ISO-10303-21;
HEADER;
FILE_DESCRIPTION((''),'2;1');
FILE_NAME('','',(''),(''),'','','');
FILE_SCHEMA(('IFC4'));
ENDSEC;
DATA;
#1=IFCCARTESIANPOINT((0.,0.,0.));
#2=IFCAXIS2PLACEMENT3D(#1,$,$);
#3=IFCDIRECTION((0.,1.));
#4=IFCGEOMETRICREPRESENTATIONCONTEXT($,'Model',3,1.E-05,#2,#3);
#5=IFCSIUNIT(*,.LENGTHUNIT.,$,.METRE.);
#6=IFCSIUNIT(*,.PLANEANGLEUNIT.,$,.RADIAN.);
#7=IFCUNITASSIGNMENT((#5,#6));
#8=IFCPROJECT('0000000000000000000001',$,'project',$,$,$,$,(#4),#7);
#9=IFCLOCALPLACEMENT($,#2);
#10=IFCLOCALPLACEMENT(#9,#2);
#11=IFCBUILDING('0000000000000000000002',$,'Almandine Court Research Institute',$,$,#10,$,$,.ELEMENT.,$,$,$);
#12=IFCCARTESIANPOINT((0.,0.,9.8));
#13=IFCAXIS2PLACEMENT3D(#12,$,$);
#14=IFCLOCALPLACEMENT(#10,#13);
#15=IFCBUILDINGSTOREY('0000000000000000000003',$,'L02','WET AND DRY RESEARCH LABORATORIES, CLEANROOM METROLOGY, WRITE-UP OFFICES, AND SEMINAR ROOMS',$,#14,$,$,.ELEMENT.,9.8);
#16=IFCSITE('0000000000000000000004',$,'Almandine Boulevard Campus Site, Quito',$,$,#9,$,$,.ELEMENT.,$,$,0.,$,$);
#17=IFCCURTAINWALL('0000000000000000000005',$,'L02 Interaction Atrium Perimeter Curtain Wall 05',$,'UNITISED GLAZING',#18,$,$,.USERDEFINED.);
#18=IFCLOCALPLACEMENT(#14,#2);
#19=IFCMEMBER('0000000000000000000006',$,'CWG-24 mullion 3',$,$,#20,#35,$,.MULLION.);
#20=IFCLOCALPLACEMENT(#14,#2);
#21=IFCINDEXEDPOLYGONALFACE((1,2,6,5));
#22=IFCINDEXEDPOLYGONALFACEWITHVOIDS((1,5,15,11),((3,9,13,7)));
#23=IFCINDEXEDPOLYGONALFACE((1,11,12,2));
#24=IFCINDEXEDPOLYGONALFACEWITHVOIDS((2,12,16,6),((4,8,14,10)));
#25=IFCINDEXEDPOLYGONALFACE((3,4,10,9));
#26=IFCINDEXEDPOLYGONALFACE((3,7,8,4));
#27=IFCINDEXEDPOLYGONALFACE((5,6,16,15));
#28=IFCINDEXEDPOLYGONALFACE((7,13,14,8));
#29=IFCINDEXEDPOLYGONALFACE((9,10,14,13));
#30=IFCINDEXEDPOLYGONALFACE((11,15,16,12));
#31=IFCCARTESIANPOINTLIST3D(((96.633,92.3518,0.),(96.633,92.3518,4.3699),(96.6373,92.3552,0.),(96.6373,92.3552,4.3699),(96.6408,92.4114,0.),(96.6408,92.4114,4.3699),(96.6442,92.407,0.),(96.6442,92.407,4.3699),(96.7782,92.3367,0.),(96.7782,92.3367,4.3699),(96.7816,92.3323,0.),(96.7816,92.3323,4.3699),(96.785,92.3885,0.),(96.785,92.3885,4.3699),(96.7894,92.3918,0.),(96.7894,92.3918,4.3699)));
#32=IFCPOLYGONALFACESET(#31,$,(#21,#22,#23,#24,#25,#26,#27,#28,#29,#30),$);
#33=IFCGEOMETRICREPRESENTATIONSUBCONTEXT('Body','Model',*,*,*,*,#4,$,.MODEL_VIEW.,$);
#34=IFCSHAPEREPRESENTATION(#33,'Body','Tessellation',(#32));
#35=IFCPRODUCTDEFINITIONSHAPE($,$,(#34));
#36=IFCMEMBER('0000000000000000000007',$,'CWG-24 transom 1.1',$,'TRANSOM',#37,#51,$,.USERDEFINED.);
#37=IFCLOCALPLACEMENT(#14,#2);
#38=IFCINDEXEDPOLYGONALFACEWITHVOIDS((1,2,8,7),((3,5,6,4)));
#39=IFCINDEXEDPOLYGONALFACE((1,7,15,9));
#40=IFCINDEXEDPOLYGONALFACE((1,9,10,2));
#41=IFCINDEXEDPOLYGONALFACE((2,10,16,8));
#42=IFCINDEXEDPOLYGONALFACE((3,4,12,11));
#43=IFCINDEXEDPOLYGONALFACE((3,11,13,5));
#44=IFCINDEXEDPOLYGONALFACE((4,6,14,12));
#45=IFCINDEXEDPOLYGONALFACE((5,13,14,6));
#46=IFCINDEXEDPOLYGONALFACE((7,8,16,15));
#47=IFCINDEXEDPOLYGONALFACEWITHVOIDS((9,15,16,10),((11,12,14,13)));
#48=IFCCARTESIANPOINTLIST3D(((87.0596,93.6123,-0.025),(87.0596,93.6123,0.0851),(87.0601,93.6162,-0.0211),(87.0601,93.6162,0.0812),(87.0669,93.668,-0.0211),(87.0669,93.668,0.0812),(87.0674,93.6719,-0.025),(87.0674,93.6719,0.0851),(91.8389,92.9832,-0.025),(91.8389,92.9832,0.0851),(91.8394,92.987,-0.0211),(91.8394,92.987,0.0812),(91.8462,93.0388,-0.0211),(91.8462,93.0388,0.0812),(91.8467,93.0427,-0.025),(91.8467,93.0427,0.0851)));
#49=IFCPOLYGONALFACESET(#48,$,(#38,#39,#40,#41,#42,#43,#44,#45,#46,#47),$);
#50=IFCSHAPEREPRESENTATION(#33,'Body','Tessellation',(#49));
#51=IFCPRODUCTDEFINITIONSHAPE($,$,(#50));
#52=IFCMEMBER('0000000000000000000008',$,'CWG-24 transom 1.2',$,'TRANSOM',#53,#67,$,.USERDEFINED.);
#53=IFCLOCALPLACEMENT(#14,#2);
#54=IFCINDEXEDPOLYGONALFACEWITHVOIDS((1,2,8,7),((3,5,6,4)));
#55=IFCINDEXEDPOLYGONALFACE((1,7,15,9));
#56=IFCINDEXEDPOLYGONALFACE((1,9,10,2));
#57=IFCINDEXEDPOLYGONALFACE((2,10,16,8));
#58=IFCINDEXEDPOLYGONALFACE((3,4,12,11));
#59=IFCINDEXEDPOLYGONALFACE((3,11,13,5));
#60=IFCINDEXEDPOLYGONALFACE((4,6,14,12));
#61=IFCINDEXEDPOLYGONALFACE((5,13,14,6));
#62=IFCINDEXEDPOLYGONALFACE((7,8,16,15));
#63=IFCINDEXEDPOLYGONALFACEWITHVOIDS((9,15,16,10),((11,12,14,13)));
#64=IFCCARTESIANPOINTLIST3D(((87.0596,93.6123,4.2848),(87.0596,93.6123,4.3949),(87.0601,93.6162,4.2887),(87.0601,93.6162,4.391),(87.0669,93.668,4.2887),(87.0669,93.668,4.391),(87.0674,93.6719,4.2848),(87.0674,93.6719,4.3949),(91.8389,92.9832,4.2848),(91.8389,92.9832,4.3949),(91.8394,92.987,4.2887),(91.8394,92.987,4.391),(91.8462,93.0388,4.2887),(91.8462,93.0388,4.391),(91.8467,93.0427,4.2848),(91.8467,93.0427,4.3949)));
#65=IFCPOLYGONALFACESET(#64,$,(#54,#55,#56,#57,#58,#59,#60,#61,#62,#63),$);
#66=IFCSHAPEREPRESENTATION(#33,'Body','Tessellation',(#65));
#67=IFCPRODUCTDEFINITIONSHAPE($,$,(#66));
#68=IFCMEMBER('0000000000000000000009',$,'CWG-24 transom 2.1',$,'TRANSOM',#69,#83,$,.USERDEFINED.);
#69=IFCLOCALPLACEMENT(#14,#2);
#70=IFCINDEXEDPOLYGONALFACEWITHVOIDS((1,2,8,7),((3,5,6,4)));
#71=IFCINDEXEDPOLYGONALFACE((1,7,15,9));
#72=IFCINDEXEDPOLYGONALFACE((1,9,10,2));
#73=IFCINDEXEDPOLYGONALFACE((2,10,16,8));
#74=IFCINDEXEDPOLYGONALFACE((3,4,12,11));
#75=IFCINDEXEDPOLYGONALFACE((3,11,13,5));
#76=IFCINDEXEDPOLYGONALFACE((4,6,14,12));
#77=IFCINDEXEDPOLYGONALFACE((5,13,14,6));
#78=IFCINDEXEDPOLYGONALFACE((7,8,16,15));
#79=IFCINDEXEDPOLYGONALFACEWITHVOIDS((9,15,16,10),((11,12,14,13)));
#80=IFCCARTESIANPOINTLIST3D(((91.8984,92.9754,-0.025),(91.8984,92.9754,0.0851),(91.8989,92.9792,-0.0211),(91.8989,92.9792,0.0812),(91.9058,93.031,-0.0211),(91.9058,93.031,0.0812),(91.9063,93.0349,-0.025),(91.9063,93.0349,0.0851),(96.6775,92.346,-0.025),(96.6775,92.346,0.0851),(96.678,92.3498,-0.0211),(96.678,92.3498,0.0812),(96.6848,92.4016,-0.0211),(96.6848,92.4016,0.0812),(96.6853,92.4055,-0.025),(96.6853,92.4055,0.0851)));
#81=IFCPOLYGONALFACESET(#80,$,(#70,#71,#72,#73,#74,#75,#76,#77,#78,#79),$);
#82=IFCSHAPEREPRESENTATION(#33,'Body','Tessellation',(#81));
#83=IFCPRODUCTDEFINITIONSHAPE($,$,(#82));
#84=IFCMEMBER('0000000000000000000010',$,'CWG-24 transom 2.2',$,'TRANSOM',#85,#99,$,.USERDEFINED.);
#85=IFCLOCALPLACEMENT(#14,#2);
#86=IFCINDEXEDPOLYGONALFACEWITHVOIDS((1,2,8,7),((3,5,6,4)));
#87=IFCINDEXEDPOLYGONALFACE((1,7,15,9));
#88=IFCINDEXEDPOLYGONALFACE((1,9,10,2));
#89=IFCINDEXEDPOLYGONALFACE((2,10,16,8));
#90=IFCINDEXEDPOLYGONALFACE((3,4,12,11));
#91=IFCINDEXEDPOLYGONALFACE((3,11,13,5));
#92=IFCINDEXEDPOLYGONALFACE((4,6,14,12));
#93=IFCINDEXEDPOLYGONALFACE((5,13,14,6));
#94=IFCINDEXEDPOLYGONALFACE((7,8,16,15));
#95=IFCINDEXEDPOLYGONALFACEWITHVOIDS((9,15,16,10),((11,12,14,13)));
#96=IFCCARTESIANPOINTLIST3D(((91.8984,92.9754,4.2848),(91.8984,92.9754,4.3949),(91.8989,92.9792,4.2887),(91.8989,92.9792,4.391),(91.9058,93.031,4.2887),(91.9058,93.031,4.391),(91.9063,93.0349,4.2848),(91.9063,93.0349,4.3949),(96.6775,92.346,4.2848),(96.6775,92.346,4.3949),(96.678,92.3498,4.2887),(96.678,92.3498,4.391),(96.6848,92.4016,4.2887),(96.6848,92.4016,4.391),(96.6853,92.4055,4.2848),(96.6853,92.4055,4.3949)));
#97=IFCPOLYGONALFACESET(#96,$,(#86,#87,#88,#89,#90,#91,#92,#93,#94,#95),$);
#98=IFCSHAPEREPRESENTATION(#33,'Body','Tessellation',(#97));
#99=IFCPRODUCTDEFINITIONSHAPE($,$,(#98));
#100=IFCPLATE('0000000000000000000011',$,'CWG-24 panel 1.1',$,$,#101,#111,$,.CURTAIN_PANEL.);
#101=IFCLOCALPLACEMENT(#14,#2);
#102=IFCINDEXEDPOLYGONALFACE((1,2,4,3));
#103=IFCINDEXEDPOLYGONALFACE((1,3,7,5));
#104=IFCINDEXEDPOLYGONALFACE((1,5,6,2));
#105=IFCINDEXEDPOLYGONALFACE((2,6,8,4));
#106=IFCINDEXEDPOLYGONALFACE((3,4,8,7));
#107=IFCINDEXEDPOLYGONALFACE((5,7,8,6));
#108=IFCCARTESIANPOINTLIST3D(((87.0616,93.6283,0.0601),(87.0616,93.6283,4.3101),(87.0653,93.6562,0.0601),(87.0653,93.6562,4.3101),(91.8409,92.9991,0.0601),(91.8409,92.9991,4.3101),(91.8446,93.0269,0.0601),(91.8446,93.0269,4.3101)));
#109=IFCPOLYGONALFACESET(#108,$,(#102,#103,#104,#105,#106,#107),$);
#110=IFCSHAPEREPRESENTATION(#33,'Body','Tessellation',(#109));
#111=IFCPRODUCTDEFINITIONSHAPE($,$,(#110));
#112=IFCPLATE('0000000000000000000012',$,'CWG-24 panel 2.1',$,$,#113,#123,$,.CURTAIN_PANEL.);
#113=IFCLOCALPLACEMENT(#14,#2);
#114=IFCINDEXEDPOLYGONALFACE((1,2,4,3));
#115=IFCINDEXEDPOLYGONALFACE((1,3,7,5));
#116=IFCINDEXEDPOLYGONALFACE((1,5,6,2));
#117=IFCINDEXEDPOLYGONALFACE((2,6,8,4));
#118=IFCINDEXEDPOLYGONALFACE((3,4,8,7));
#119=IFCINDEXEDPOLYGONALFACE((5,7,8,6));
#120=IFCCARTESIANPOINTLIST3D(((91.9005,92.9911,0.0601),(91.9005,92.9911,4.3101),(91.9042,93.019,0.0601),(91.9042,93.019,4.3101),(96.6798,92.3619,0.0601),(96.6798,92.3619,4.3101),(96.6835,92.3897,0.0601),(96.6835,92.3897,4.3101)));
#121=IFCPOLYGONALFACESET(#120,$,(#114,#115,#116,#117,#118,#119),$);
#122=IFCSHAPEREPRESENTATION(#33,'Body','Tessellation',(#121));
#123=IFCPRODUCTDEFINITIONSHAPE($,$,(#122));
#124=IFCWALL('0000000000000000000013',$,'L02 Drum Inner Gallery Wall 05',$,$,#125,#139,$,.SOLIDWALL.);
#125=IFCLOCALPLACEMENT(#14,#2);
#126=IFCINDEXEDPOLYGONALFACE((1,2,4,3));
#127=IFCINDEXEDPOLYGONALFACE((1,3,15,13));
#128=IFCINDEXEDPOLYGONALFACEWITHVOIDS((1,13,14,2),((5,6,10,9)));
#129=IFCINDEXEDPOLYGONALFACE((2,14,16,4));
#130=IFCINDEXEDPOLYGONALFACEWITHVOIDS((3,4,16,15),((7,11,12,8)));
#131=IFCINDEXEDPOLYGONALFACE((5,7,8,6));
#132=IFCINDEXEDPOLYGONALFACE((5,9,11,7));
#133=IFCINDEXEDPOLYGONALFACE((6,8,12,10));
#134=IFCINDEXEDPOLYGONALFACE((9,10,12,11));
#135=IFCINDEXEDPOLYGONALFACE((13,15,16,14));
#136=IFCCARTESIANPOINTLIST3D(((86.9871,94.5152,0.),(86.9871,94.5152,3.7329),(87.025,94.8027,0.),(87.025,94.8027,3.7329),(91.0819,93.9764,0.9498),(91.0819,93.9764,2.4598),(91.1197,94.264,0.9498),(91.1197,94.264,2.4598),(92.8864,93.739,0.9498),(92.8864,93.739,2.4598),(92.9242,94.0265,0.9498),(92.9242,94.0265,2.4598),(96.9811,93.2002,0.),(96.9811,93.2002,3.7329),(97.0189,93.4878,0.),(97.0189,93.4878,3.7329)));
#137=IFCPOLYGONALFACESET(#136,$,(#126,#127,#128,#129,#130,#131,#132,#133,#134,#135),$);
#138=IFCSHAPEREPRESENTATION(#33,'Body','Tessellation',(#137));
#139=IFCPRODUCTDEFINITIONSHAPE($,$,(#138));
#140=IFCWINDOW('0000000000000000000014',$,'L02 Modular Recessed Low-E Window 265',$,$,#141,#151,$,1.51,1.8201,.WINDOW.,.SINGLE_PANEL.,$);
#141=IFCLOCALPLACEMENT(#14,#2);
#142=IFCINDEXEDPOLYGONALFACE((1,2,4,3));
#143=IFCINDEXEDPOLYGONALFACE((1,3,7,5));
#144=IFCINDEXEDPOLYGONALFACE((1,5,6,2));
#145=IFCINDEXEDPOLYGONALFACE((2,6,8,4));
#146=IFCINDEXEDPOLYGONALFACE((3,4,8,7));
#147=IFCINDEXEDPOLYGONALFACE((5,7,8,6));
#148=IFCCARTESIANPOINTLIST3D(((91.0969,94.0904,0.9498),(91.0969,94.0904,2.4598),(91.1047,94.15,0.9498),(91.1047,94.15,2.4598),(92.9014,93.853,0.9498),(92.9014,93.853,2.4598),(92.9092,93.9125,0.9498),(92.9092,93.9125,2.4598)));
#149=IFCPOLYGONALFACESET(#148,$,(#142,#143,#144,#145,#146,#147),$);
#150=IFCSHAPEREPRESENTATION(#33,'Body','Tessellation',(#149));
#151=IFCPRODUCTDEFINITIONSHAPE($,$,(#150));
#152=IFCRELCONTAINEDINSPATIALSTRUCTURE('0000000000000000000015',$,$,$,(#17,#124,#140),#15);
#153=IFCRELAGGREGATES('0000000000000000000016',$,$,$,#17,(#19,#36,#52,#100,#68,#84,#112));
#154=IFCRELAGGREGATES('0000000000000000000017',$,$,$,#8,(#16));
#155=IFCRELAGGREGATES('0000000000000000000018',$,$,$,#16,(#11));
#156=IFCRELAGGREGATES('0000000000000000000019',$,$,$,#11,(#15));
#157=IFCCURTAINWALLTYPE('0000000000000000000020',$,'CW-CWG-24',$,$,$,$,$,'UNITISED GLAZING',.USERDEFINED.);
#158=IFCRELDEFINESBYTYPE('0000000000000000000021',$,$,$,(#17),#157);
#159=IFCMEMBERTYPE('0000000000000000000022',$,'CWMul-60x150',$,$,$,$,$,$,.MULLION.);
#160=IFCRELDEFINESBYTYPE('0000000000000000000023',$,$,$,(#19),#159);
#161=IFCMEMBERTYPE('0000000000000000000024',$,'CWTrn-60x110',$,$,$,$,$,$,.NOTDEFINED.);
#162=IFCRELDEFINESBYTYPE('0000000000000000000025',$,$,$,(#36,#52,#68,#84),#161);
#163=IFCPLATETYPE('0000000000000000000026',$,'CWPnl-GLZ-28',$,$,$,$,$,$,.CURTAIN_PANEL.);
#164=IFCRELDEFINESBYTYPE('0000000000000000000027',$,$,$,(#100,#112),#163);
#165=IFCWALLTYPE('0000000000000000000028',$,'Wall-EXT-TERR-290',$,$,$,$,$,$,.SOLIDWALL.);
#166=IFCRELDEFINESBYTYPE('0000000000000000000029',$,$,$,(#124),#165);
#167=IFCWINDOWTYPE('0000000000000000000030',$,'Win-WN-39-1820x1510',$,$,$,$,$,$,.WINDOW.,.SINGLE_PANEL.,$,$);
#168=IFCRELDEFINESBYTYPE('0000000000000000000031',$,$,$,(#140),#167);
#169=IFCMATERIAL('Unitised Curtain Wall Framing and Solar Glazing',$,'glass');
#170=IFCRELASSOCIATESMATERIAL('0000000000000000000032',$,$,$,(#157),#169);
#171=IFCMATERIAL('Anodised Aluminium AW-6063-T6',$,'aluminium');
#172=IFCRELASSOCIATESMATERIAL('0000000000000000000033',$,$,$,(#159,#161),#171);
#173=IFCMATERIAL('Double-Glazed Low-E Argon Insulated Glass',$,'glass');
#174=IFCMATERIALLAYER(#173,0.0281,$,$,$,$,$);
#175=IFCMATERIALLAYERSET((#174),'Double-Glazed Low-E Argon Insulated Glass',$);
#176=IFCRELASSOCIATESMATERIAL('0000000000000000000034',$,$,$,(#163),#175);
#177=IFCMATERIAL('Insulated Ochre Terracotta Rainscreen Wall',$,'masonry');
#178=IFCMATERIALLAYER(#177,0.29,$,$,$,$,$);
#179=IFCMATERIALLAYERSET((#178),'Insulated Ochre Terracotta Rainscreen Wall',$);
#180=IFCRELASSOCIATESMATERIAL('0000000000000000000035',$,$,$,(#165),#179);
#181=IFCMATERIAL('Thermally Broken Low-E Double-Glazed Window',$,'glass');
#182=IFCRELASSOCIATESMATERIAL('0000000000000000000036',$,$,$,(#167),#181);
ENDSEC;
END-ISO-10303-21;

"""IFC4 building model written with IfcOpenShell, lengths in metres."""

from ifc_helpers import new_model, si_unit, direction, frame, frame_2d, origin, origin_2d, place, context, subcontext, project, spatial, rectangle, hollow_rectangle, extrude, material, layer, layer_set, material_profile, profile_set, type_object, element, fill, aggregate, save


model = new_model("IFC4")

# Units and contexts
model_context = context("Model", 3, precision=1e-05, world=origin(), true_north=direction((0.0, 1.0)))
body_context = subcontext(model_context, "Body", "Model", "MODEL_VIEW")
ifc_project = project(units=[si_unit("LENGTHUNIT", "METRE"), si_unit("PLANEANGLEUNIT", "RADIAN")], contexts=[model_context])

# Site, building, storey
site_placement = place(None, origin())
site = spatial("IfcSite", under=ifc_project, at=site_placement, Name="Almandine Boulevard Campus Site, Quito", CompositionType="ELEMENT", RefElevation=0.0)
building_placement = place(site_placement, origin())
building = spatial("IfcBuilding", under=site, at=building_placement, Name="Almandine Court Research Institute", CompositionType="ELEMENT")
storey_placement = place(building_placement, frame((0.0, 0.0, 9.8)))
storey = spatial("IfcBuildingStorey", under=building, at=storey_placement, Name="L02", Description="WET AND DRY RESEARCH LABORATORIES, CLEANROOM METROLOGY, WRITE-UP OFFICES, AND SEMINAR ROOMS", CompositionType="ELEMENT", Elevation=9.8)

# Curtain wall, members, plates
ifc_material_1 = material(Name="Unitised Curtain Wall Framing and Solar Glazing", Category="glass")
curtain_wall_type = type_object("IfcCurtainWallType", Name="CW-CWG-24", ElementType="UNITISED GLAZING", PredefinedType="USERDEFINED", material=ifc_material_1)
curtain_wall_placement = place(storey_placement, origin())
curtain_wall = element("IfcCurtainWall", 1, at=curtain_wall_placement, inside=storey, type_object=curtain_wall_type, Name="L02 Interaction Atrium Perimeter Curtain Wall 05", ObjectType="UNITISED GLAZING", PredefinedType="USERDEFINED")
ifc_material_2 = material(Name="Anodised Aluminium AW-6063-T6", Category="aluminium")
ifc_material_profile_1 = material_profile(ifc_material_2, hollow_rectangle(XDim=0.0601, YDim=0.1499, WallThickness=0.0039, at=origin_2d()), Name="ALU RHS 60x150x4")
ifc_profile_set_1 = profile_set([ifc_material_profile_1], Name="Anodised Aluminium AW-6063-T6")
member_type_1 = type_object("IfcMemberType", Name="CWMul-60x150", PredefinedType="MULLION", material=ifc_profile_set_1)
member_1_placement = place(storey_placement, frame((96.7112, 92.3718, 0.0), z_axis=(0.0, 0.0, 1.0), x_axis=(0.130536, 0.991444, 0.0)))
member_1 = element("IfcMember", 2, at=member_1_placement, type_object=member_type_1, Name="CWG-24 mullion 3", PredefinedType="MULLION", context=body_context, shape_type="SweptSolid", body=[
    extrude(hollow_rectangle(XDim=0.0601, YDim=0.1499, WallThickness=0.0039, at=origin_2d()), origin(), (0.0, 0.0, 1.0), 4.3699),
])
ifc_material_profile_2 = material_profile(ifc_material_2, hollow_rectangle(XDim=0.0601, YDim=0.1101, WallThickness=0.0039, at=origin_2d()), Name="ALU RHS 60x110x4")
ifc_profile_set_2 = profile_set([ifc_material_profile_2], Name="Anodised Aluminium AW-6063-T6")
member_type_2 = type_object("IfcMemberType", Name="CWTrn-60x110", PredefinedType="NOTDEFINED", material=ifc_profile_set_2)
member_2_placement = place(storey_placement, frame((87.0635, 93.6421, 0.03), z_axis=(0.991446, -0.130515, 0.0), x_axis=(0.130515, 0.991446, 0.0)))
member_2 = element("IfcMember", 3, at=member_2_placement, type_object=member_type_2, Name="CWG-24 transom 1.1", ObjectType="TRANSOM", PredefinedType="USERDEFINED", context=body_context, shape_type="SweptSolid", body=[
    extrude(hollow_rectangle(XDim=0.0601, YDim=0.1101, WallThickness=0.0039, at=origin_2d()), origin(), (0.0, 0.0, 1.0), 4.8206),
])
member_3_placement = place(storey_placement, frame((87.0635, 93.6421, 4.3398), z_axis=(0.991446, -0.130515, 0.0), x_axis=(0.130515, 0.991446, 0.0)))
member_3 = element("IfcMember", 4, at=member_3_placement, type_object=member_type_2, Name="CWG-24 transom 1.2", ObjectType="TRANSOM", PredefinedType="USERDEFINED", context=body_context, shape_type="SweptSolid", body=[
    extrude(hollow_rectangle(XDim=0.0601, YDim=0.1101, WallThickness=0.0039, at=origin_2d()), origin(), (0.0, 0.0, 1.0), 4.8206),
])
member_4_placement = place(storey_placement, frame((91.9023, 93.0051, 0.03), z_axis=(0.991439, -0.130571, 0.0), x_axis=(0.130571, 0.991439, 0.0)))
member_4 = element("IfcMember", 5, at=member_4_placement, type_object=member_type_2, Name="CWG-24 transom 2.1", ObjectType="TRANSOM", PredefinedType="USERDEFINED", context=body_context, shape_type="SweptSolid", body=[
    extrude(hollow_rectangle(XDim=0.0601, YDim=0.1101, WallThickness=0.0039, at=origin_2d()), origin(), (0.0, 0.0, 1.0), 4.8203),
])
member_5_placement = place(storey_placement, frame((91.9023, 93.0051, 4.3398), z_axis=(0.991439, -0.130571, 0.0), x_axis=(0.130571, 0.991439, 0.0)))
member_5 = element("IfcMember", 6, at=member_5_placement, type_object=member_type_2, Name="CWG-24 transom 2.2", ObjectType="TRANSOM", PredefinedType="USERDEFINED", context=body_context, shape_type="SweptSolid", body=[
    extrude(hollow_rectangle(XDim=0.0601, YDim=0.1101, WallThickness=0.0039, at=origin_2d()), origin(), (0.0, 0.0, 1.0), 4.8203),
])
ifc_material_3 = material(Name="Double-Glazed Low-E Argon Insulated Glass", Category="glass")
ifc_layer_1 = layer(ifc_material_3, 0.0281)
ifc_layer_set_1 = layer_set([ifc_layer_1], Name="Double-Glazed Low-E Argon Insulated Glass")
plate_type = type_object("IfcPlateType", Name="CWPnl-GLZ-28", PredefinedType="CURTAIN_PANEL", material=ifc_layer_set_1)
plate_1_placement = place(storey_placement, frame((89.4531, 93.3276, 0.0601), z_axis=(0.0, 0.0, 1.0), x_axis=(0.991444, -0.130536, 0.0)))
plate_1 = element("IfcPlate", 7, at=plate_1_placement, type_object=plate_type, Name="CWG-24 panel 1.1", PredefinedType="CURTAIN_PANEL", context=body_context, shape_type="SweptSolid", body=[
    extrude(rectangle(XDim=4.8206, YDim=0.0281, at=origin_2d()), origin(), (0.0, 0.0, 1.0), 4.25),
])
plate_2_placement = place(storey_placement, frame((94.292, 92.6904, 0.0601), z_axis=(0.0, 0.0, 1.0), x_axis=(0.991444, -0.130536, 0.0)))
plate_2 = element("IfcPlate", 8, at=plate_2_placement, type_object=plate_type, Name="CWG-24 panel 2.1", PredefinedType="CURTAIN_PANEL", context=body_context, shape_type="SweptSolid", body=[
    extrude(rectangle(XDim=4.8206, YDim=0.0281, at=origin_2d()), origin(), (0.0, 0.0, 1.0), 4.25),
])
aggregate(curtain_wall, [member_1, member_2, member_3, plate_1, member_4, member_5, plate_2])

# Wall, opening, window
ifc_material_4 = material(Name="Insulated Ochre Terracotta Rainscreen Wall", Category="masonry")
ifc_layer_2 = layer(ifc_material_4, 0.29)
ifc_layer_set_2 = layer_set([ifc_layer_2], Name="Insulated Ochre Terracotta Rainscreen Wall")
wall_type_1 = type_object("IfcWallType", Name="Wall-EXT-TERR-290", PredefinedType="SOLIDWALL", material=ifc_layer_set_2)
wall_1_placement = place(storey_placement, frame((97.0, 93.344, 0.0), z_axis=(0.0, 0.0, 1.0), x_axis=(-0.991455, 0.13045, 0.0)))
wall_1 = element("IfcWall", 9, at=wall_1_placement, inside=storey, type_object=wall_type_1, Name="L02 Drum Inner Gallery Wall 05", PredefinedType="SOLIDWALL", context=body_context, shape_type="SweptSolid", body=[
    extrude(rectangle(XDim=10.0801, YDim=0.29, at=frame_2d((5.04, 0.0))), origin(), (0.0, 0.0, 1.0), 3.7329),
])
opening_1_placement = place(wall_1_placement, frame((4.1299, 0.0, 0.95)))
opening_1 = element("IfcOpeningElement", 10, at=opening_1_placement, cuts=wall_1, PredefinedType="OPENING", context=body_context, shape_type="SweptSolid", body=[
    extrude(rectangle(XDim=1.8201, YDim=1.51, at=frame_2d((0.9102, 0.7549))), frame((0.0, 0.155, 0.0), z_axis=(0.0, -1.0, 0.0), x_axis=(1.0, 0.0, 0.0)), (0.0, 0.0, 1.0), 0.3101),
])
ifc_material_5 = material(Name="Thermally Broken Low-E Double-Glazed Window", Category="glass")
window_type_1 = type_object("IfcWindowType", Name="Win-WN-39-1820x1510", PartitioningType="SINGLE_PANEL", PredefinedType="WINDOW", material=ifc_material_5)
window_1_placement = place(opening_1_placement, origin())
window_1 = element("IfcWindow", 11, at=window_1_placement, inside=storey, type_object=window_type_1, Name="L02 Modular Recessed Low-E Window 265", OverallHeight=1.51, OverallWidth=1.8201, PartitioningType="SINGLE_PANEL", PredefinedType="WINDOW", context=body_context, shape_type="SweptSolid", body=[
    extrude(rectangle(XDim=1.8201, YDim=1.51, at=frame_2d((0.9102, 0.7549))), frame((0.0, 0.03, 0.0), z_axis=(0.0, -1.0, 0.0), x_axis=(1.0, 0.0, 0.0)), (0.0, 0.0, 1.0), 0.0601),
])
fill(opening_1, window_1)

save(model, "model.ifc")
